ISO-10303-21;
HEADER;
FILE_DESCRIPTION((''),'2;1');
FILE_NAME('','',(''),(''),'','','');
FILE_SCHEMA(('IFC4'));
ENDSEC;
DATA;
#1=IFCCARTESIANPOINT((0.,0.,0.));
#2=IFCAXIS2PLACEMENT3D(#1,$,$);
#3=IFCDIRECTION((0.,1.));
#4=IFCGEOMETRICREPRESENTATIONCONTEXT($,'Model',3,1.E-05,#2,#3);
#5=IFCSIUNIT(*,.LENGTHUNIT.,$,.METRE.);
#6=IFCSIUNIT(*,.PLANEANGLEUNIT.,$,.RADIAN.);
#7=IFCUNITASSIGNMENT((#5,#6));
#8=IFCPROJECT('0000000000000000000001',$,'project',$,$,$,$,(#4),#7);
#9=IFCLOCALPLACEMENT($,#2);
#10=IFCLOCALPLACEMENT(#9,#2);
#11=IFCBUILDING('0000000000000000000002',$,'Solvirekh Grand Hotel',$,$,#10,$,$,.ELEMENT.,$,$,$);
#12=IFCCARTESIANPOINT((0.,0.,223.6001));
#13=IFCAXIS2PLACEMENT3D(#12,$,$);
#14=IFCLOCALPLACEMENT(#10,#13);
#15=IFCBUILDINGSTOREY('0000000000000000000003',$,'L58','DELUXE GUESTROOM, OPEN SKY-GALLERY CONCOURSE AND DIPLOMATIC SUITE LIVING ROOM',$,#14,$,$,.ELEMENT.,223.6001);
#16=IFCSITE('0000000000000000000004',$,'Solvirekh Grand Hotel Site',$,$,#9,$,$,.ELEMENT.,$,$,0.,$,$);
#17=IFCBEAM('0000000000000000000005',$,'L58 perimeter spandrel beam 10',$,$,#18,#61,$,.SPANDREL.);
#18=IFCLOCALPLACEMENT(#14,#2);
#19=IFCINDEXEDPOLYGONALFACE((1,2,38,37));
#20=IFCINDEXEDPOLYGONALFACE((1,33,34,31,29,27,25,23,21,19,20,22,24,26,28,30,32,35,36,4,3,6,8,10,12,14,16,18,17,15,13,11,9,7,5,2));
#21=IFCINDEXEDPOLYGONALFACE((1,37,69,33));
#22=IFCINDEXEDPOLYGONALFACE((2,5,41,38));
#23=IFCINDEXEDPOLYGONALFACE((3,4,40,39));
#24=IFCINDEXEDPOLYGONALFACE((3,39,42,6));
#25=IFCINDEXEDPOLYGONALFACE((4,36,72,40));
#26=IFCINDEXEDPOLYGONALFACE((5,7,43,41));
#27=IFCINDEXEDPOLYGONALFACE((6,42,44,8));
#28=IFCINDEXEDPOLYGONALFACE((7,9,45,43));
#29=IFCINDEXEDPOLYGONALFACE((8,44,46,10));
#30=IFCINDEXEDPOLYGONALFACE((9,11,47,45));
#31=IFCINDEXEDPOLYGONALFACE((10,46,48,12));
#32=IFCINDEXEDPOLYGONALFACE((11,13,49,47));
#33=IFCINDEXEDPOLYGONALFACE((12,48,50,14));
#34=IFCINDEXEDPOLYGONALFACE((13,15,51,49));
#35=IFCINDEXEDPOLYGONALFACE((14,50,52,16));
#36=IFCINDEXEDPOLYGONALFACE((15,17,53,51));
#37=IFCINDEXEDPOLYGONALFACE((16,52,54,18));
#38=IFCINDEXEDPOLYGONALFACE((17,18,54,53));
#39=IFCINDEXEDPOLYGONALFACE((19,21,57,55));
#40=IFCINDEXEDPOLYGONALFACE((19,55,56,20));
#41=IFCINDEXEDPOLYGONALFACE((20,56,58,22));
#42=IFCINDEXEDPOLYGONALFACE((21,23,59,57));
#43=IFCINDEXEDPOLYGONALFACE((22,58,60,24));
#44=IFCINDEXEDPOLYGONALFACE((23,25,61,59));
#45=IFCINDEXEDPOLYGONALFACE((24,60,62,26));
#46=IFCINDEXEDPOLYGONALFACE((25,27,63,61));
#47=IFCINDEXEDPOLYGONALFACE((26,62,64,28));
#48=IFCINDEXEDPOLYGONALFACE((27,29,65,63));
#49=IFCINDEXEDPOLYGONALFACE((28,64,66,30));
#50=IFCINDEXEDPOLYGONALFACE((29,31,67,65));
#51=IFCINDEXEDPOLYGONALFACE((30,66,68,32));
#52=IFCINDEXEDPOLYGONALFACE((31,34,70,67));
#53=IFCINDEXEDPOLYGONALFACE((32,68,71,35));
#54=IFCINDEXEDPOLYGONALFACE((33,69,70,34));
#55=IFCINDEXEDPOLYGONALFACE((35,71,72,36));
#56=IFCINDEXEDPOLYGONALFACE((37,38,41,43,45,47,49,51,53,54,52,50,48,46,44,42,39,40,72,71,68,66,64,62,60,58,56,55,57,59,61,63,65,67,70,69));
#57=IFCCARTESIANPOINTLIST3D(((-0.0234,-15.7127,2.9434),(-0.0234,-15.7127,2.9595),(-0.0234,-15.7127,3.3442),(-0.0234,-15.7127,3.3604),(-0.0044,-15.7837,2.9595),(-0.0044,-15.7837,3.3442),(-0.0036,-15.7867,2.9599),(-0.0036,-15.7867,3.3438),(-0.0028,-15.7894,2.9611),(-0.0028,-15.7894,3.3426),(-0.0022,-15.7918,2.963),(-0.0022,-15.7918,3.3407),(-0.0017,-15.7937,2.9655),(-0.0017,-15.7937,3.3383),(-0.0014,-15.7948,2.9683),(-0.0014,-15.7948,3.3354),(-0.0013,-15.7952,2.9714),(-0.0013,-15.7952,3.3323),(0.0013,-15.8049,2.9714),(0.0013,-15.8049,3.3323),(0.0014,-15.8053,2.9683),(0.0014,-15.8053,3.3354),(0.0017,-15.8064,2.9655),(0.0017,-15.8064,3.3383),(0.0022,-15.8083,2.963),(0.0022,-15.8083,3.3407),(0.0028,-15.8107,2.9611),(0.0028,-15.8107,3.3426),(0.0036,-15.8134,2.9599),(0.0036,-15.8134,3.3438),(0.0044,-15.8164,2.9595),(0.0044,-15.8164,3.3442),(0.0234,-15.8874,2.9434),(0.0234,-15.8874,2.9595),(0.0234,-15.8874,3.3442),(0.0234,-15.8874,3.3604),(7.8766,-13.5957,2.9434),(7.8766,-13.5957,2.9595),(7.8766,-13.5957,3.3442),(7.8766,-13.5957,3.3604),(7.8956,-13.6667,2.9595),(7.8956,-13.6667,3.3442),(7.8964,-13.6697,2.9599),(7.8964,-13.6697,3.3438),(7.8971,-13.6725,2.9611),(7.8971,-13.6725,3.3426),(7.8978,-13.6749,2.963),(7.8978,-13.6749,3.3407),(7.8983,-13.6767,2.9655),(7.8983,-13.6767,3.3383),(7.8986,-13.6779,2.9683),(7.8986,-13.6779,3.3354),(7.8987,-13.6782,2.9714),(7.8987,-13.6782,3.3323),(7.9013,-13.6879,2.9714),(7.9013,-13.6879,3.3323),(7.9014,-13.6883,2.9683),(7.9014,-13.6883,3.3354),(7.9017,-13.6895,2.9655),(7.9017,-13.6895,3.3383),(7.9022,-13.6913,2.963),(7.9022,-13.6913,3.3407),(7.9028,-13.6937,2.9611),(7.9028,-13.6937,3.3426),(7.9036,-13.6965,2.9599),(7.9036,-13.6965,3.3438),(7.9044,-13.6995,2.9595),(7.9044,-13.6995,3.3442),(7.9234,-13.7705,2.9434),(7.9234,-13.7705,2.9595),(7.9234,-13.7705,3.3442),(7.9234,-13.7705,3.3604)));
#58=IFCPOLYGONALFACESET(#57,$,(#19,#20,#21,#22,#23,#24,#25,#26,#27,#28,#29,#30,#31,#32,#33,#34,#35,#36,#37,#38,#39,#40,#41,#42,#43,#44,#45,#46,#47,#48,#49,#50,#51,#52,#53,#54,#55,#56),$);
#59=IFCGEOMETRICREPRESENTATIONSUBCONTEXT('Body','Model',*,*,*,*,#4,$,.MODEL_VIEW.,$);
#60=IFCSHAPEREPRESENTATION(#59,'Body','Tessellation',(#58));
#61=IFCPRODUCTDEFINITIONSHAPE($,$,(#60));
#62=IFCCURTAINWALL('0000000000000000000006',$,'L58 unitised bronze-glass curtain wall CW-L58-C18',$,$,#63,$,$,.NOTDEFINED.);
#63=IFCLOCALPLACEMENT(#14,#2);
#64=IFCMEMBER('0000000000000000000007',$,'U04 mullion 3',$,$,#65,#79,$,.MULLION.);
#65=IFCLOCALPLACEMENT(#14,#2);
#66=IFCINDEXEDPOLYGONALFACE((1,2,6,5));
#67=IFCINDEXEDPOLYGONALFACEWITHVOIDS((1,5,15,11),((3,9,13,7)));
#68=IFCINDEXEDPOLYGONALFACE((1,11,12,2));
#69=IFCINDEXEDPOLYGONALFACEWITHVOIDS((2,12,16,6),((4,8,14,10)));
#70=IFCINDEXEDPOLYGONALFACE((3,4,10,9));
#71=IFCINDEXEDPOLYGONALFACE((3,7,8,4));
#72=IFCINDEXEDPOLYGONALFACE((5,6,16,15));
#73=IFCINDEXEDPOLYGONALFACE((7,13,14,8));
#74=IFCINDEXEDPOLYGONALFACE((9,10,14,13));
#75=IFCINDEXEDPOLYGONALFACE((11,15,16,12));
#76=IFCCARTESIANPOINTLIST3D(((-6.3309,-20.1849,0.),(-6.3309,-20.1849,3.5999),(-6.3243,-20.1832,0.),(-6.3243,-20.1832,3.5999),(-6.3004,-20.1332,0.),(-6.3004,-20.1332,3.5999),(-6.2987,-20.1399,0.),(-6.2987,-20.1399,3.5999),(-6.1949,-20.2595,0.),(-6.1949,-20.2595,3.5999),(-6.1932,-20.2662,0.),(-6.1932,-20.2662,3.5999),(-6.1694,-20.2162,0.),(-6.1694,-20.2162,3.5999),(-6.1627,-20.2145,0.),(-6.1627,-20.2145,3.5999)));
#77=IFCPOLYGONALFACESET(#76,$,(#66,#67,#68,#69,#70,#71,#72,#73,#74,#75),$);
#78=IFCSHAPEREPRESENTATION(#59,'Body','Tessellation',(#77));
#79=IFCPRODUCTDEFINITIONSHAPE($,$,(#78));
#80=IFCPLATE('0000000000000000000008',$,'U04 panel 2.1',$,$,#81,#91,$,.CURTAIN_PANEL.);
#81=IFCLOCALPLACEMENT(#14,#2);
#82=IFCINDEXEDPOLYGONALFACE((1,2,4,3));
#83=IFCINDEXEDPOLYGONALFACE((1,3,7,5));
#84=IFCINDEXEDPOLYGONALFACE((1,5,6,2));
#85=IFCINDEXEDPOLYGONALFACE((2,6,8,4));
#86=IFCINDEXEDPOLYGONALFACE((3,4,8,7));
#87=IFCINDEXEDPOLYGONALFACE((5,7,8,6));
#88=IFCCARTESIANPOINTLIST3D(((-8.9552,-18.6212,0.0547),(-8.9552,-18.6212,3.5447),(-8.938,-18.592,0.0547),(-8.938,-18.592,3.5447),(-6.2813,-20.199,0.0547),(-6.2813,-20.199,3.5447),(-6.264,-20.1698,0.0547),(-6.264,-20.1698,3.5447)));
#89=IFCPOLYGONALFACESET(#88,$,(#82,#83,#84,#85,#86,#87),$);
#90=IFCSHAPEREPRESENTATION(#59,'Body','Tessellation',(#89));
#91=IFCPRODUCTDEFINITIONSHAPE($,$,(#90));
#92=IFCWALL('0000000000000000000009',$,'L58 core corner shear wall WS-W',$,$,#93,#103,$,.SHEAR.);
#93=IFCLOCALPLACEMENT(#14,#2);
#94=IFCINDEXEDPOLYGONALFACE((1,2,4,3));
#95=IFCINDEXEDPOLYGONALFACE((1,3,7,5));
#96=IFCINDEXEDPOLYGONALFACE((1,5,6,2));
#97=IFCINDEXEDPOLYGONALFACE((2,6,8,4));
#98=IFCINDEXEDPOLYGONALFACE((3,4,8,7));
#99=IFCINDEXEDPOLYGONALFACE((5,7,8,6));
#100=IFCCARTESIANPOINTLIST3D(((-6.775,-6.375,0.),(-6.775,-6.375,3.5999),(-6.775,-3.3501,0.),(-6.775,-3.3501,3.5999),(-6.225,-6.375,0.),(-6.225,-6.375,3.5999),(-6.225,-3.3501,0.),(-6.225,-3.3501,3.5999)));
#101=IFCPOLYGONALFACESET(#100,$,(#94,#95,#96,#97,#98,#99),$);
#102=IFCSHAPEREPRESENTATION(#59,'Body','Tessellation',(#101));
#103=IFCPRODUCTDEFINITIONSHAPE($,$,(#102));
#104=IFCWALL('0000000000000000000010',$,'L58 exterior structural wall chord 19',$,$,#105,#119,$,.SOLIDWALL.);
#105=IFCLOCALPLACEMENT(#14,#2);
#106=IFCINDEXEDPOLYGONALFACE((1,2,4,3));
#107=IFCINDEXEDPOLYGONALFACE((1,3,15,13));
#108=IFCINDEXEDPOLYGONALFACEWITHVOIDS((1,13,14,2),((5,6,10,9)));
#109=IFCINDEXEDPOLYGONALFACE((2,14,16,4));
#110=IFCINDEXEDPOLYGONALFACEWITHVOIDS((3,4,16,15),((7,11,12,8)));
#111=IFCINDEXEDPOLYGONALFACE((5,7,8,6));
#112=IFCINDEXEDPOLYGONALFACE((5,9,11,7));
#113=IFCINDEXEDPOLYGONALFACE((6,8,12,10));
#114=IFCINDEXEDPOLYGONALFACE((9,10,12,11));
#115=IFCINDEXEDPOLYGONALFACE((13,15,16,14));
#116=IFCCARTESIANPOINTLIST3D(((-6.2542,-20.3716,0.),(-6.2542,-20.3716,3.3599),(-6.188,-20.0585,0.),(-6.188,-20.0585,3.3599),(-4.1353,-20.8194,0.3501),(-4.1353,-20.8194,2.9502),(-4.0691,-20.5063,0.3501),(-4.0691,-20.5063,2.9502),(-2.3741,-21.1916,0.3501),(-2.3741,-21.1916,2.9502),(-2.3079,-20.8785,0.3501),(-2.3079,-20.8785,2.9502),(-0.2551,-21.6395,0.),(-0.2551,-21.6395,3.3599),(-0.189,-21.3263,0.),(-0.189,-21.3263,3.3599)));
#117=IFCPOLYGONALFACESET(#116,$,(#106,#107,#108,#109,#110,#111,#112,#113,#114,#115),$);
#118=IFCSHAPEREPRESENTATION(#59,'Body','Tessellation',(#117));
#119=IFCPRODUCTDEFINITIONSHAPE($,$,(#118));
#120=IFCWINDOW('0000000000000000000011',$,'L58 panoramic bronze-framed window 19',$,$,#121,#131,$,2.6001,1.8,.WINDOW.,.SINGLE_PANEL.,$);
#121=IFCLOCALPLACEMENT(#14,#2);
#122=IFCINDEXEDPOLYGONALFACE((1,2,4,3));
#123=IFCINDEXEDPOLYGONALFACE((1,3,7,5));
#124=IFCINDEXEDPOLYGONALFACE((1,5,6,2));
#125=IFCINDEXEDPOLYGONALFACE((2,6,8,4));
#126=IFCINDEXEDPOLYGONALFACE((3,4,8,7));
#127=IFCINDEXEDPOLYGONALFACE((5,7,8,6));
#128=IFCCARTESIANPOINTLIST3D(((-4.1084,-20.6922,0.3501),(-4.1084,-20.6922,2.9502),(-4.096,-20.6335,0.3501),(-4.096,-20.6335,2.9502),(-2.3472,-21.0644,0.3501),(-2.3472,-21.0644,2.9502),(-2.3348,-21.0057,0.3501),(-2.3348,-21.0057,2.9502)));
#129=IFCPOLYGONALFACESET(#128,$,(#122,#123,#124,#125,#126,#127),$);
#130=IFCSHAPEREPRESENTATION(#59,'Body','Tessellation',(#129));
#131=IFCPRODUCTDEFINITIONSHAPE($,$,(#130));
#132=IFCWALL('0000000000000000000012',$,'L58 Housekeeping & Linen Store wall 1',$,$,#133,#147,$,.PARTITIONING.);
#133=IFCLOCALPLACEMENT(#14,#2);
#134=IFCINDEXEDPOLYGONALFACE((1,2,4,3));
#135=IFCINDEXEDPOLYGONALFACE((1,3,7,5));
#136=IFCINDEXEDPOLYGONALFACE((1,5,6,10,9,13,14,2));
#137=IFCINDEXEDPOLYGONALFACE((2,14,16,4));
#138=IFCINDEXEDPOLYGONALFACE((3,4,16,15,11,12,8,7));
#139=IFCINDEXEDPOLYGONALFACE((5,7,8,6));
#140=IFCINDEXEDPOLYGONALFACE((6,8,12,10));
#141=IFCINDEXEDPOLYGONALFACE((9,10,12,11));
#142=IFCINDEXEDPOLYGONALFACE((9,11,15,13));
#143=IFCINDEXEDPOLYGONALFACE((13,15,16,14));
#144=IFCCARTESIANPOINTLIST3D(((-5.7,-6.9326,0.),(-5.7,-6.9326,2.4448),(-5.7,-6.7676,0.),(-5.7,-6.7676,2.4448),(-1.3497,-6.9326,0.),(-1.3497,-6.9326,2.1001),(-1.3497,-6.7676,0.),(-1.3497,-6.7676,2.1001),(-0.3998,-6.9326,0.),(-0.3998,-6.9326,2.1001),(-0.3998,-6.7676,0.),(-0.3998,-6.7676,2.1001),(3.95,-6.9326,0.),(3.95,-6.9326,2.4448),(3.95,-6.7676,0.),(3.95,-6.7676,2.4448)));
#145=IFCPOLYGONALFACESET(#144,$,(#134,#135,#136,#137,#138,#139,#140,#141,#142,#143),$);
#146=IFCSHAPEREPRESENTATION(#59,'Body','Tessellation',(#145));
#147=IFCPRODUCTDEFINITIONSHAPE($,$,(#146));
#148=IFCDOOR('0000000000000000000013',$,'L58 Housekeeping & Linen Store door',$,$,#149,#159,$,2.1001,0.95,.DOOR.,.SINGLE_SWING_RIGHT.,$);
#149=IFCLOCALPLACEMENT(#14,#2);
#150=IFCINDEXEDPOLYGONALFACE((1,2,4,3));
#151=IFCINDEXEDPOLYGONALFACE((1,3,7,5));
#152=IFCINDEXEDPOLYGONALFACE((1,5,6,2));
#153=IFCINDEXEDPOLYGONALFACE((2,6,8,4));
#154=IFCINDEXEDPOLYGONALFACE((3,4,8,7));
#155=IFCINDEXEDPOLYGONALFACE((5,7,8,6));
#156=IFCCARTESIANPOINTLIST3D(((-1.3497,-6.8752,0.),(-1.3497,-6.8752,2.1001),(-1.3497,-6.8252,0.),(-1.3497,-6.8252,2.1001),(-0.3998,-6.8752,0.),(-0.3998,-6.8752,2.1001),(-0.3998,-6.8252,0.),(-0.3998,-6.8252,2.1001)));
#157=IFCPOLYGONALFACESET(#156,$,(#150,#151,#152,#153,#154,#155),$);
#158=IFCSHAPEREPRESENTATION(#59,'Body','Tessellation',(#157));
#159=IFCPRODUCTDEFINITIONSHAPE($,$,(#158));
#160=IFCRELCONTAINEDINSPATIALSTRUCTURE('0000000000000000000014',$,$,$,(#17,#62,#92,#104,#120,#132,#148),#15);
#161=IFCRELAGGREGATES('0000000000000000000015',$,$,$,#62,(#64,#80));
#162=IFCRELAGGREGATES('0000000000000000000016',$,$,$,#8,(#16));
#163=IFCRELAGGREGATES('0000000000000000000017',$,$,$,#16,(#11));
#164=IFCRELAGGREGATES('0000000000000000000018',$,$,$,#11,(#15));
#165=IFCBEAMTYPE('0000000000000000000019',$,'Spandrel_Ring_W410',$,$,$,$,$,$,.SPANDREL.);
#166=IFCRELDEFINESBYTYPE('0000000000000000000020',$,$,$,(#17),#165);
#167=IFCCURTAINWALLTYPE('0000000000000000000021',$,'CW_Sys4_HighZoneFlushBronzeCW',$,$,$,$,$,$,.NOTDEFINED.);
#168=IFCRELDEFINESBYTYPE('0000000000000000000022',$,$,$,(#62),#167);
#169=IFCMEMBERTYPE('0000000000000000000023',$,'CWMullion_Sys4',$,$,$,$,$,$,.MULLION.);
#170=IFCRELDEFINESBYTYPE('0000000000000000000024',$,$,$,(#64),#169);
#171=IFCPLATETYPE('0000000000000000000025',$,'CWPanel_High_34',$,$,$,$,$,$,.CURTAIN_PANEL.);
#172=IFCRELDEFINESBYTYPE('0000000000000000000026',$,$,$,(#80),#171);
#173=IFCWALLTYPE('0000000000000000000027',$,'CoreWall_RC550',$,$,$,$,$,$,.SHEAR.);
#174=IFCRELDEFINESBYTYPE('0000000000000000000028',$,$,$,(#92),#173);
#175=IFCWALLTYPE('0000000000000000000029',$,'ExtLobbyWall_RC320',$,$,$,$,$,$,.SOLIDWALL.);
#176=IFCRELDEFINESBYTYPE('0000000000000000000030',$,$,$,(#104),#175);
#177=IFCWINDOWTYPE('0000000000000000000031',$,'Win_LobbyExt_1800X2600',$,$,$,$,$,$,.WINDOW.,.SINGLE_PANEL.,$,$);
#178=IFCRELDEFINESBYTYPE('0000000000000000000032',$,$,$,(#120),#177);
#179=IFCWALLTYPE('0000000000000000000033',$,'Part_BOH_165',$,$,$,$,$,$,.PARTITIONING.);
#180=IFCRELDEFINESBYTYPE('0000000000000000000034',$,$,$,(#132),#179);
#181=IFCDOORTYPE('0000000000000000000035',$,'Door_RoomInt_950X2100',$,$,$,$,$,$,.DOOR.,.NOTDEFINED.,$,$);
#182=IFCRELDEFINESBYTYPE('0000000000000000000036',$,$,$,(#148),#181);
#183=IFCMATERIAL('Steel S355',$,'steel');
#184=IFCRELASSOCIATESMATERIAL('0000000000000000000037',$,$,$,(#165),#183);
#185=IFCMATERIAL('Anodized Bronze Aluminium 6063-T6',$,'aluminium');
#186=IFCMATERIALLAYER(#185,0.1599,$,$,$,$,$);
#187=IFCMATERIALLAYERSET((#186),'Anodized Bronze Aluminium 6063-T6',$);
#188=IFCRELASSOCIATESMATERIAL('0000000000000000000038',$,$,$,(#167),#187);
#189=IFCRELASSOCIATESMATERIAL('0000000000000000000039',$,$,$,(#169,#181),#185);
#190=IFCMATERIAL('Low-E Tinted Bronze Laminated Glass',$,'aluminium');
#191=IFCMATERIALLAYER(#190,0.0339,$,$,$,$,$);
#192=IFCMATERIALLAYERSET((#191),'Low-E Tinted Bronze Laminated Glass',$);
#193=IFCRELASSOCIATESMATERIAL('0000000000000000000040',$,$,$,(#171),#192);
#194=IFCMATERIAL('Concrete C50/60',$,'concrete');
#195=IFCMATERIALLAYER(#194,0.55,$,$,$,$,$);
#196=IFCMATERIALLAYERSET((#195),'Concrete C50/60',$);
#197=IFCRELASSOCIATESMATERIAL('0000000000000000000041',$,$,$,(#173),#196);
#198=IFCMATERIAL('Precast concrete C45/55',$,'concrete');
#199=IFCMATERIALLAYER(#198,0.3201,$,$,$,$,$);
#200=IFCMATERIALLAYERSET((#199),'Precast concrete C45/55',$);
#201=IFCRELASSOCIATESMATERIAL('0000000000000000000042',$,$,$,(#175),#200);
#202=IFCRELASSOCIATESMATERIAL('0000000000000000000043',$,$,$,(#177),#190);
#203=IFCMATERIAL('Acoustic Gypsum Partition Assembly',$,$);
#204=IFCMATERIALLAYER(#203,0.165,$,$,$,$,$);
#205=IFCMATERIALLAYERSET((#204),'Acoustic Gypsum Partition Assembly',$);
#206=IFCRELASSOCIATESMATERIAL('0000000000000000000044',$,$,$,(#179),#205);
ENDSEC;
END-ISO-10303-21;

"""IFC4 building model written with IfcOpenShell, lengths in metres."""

from ifc_helpers import new_model, si_unit, direction, frame, frame_2d, origin, origin_2d, place, context, subcontext, project, spatial, rectangle, hollow_rectangle, i_section, extrude, source, transform, mapped, material, layer, layer_set, material_profile, profile_set, type_object, element, fill, aggregate, save


model = new_model("IFC4")

# Units and contexts
model_context = context("Model", 3, precision=1e-05, world=origin(), true_north=direction((0.0, 1.0)))
body_context = subcontext(model_context, "Body", "Model", "MODEL_VIEW")
ifc_project = project(units=[si_unit("LENGTHUNIT", "METRE"), si_unit("PLANEANGLEUNIT", "RADIAN")], contexts=[model_context])

# Site, building, storey
site_placement = place(None, origin())
site = spatial("IfcSite", under=ifc_project, at=site_placement, Name="Solvirekh Grand Hotel Site", CompositionType="ELEMENT", RefElevation=0.0)
building_placement = place(site_placement, origin())
building = spatial("IfcBuilding", under=site, at=building_placement, Name="Solvirekh Grand Hotel", CompositionType="ELEMENT")
storey_placement = place(building_placement, frame((0.0, 0.0, 223.6001)))
storey = spatial("IfcBuildingStorey", under=building, at=storey_placement, Name="L58", Description="DELUXE GUESTROOM, OPEN SKY-GALLERY CONCOURSE AND DIPLOMATIC SUITE LIVING ROOM", CompositionType="ELEMENT", Elevation=223.6001)

# Shared definitions
ifc_material_1 = material(Name="Concrete C50/60", Category="concrete")

# Beam
ifc_material_2 = material(Name="Steel S355", Category="steel")
ifc_material_profile_1 = material_profile(ifc_material_2, i_section(OverallWidth=0.1809, OverallDepth=0.417, WebThickness=0.01, FlangeThickness=0.0161, FilletRadius=0.012, at=origin_2d()), Name="W410X85")
ifc_profile_set_1 = profile_set([ifc_material_profile_1], Name="Steel S355")
beam_type_1 = type_object("IfcBeamType", Name="Spandrel_Ring_W410", PredefinedType="SPANDREL", material=ifc_profile_set_1)
for number, where, z_axis, x_axis, name in (
    (1, (0.0, -15.8, 3.1519), (0.965921, 0.258839, 0.0), (-0.258839, 0.965921, 0.0), "L58 perimeter spandrel beam 10"),
):
    element("IfcBeam", number, at=place(storey_placement, frame(where, z_axis=z_axis, x_axis=x_axis)), inside=storey, type_object=beam_type_1, Name=name, PredefinedType="SPANDREL", context=body_context, shape_type="SweptSolid", body=[
        extrude(i_section(OverallWidth=0.1809, OverallDepth=0.417, WebThickness=0.01, FlangeThickness=0.0161, FilletRadius=0.012, at=origin_2d()), origin(), (0.0, 0.0, 1.0), 8.1787),
    ])

# Curtain wall, member, plate
ifc_material_3 = material(Name="Anodized Bronze Aluminium 6063-T6", Category="aluminium")
ifc_layer_1 = layer(ifc_material_3, 0.1599)
ifc_layer_set_1 = layer_set([ifc_layer_1], Name="Anodized Bronze Aluminium 6063-T6")
curtain_wall_type = type_object("IfcCurtainWallType", Name="CW_Sys4_HighZoneFlushBronzeCW", PredefinedType="NOTDEFINED", material=ifc_layer_set_1)
curtain_wall_placement = place(storey_placement, origin())
curtain_wall = element("IfcCurtainWall", 2, at=curtain_wall_placement, inside=storey, type_object=curtain_wall_type, Name="L58 unitised bronze-glass curtain wall CW-L58-C18", PredefinedType="NOTDEFINED")
ifc_material_profile_2 = material_profile(ifc_material_3, hollow_rectangle(XDim=0.0601, YDim=0.1599, WallThickness=0.0049, at=origin_2d()), Name="ALU RHS 160X60X5")
ifc_profile_set_2 = profile_set([ifc_material_profile_2], Name="Anodized Bronze Aluminium 6063-T6")
member_type = type_object("IfcMemberType", Name="CWMullion_Sys4", PredefinedType="MULLION", material=ifc_profile_set_2)
shared_shape_1 = source(origin(), body_context, "Body", "SweptSolid", [
    extrude(hollow_rectangle(XDim=0.0601, YDim=0.1599, WallThickness=0.0049, at=origin_2d()), origin(), (0.0, 0.0, 1.0), 3.5999),
])
member_placement = place(storey_placement, frame((-6.2468, -20.1997, 0.0), z_axis=(0.0, 0.0, 1.0), x_axis=(0.508176, 0.861254, 0.0)))
member = element("IfcMember", 3, at=member_placement, type_object=member_type, Name="U04 mullion 3", PredefinedType="MULLION", context=body_context, shape_type="MappedRepresentation", body=[
    mapped(shared_shape_1, transform((0.0, 0.0, 0.0), x_axis=(1.0, 0.0, 0.0), y_axis=(0.0, 1.0, 0.0), z_axis=(0.0, 0.0, 1.0), scale=1.0)),
])
ifc_material_4 = material(Name="Low-E Tinted Bronze Laminated Glass", Category="aluminium")
ifc_layer_2 = layer(ifc_material_4, 0.0339)
ifc_layer_set_2 = layer_set([ifc_layer_2], Name="Low-E Tinted Bronze Laminated Glass")
plate_type = type_object("IfcPlateType", Name="CWPanel_High_34", PredefinedType="CURTAIN_PANEL", material=ifc_layer_set_2)
shared_shape_2 = source(origin(), body_context, "Body", "SweptSolid", [
    extrude(rectangle(XDim=3.1047, YDim=0.0339, at=origin_2d()), origin(), (0.0, 0.0, 1.0), 3.49),
])
plate_placement = place(storey_placement, frame((-7.6096, -19.3955, 0.0547), z_axis=(0.0, 0.0, 1.0), x_axis=(0.861254, -0.508176, 0.0)))
plate = element("IfcPlate", 4, at=plate_placement, type_object=plate_type, Name="U04 panel 2.1", PredefinedType="CURTAIN_PANEL", context=body_context, shape_type="MappedRepresentation", body=[
    mapped(shared_shape_2, transform((0.0, 0.0, 0.0), x_axis=(1.0, 0.0, 0.0), y_axis=(0.0, 1.0, 0.0), z_axis=(0.0, 0.0, 1.0), scale=1.0)),
])
aggregate(curtain_wall, [member, plate])

# Wall
ifc_layer_3 = layer(ifc_material_1, 0.55)
ifc_layer_set_3 = layer_set([ifc_layer_3], Name="Concrete C50/60")
wall_type_1 = type_object("IfcWallType", Name="CoreWall_RC550", PredefinedType="SHEAR", material=ifc_layer_set_3)
wall_1_placement = place(storey_placement, frame((-6.5, -6.375, 0.0), z_axis=(0.0, 0.0, 1.0), x_axis=(0.0, 1.0, 0.0)))
element("IfcWall", 5, at=wall_1_placement, inside=storey, type_object=wall_type_1, Name="L58 core corner shear wall WS-W", PredefinedType="SHEAR", context=body_context, shape_type="SweptSolid", body=[
    extrude(rectangle(XDim=3.0249, YDim=0.55, at=frame_2d((1.5125, 0.0))), origin(), (0.0, 0.0, 1.0), 3.5999),
])

# Wall, opening, window
ifc_material_5 = material(Name="Precast concrete C45/55", Category="concrete")
ifc_layer_4 = layer(ifc_material_5, 0.3201)
ifc_layer_set_4 = layer_set([ifc_layer_4], Name="Precast concrete C45/55")
wall_type_2 = type_object("IfcWallType", Name="ExtLobbyWall_RC320", PredefinedType="SOLIDWALL", material=ifc_layer_set_4)
wall_2_placement = place(storey_placement, frame((-0.2219, -21.4829, 0.0), z_axis=(0.0, 0.0, 1.0), x_axis=(-0.978389, 0.206771, 0.0)))
wall_2 = element("IfcWall", 6, at=wall_2_placement, inside=storey, type_object=wall_type_2, Name="L58 exterior structural wall chord 19", PredefinedType="SOLIDWALL", context=body_context, shape_type="SweptSolid", body=[
    extrude(rectangle(XDim=6.1316, YDim=0.3201, at=frame_2d((3.0659, 0.0))), origin(), (0.0, 0.0, 1.0), 3.3599),
])
opening_1_placement = place(wall_2_placement, frame((2.166, 0.0, 0.3501)))
opening_1 = element("IfcOpeningElement", 7, at=opening_1_placement, cuts=wall_2, PredefinedType="OPENING", context=body_context, shape_type="SweptSolid", body=[
    extrude(rectangle(XDim=1.8, YDim=2.6001, at=frame_2d((0.8999, 1.3))), frame((0.0, 0.1699, 0.0), z_axis=(0.0, -1.0, 0.0), x_axis=(1.0, 0.0, 0.0)), (0.0, 0.0, 1.0), 0.3401),
])
window_type = type_object("IfcWindowType", Name="Win_LobbyExt_1800X2600", PartitioningType="SINGLE_PANEL", PredefinedType="WINDOW", material=ifc_material_4)
window_placement = place(opening_1_placement, origin())
window = element("IfcWindow", 8, at=window_placement, inside=storey, type_object=window_type, Name="L58 panoramic bronze-framed window 19", OverallHeight=2.6001, OverallWidth=1.8, PartitioningType="SINGLE_PANEL", PredefinedType="WINDOW", context=body_context, shape_type="SweptSolid", body=[
    extrude(rectangle(XDim=1.8, YDim=2.6001, at=frame_2d((0.8999, 1.3))), frame((0.0, 0.03, 0.0), z_axis=(0.0, -1.0, 0.0), x_axis=(1.0, 0.0, 0.0)), (0.0, 0.0, 1.0), 0.0601),
])
fill(opening_1, window)

# Wall, opening, door
ifc_material_6 = material(Name="Acoustic Gypsum Partition Assembly")
ifc_layer_5 = layer(ifc_material_6, 0.165)
ifc_layer_set_5 = layer_set([ifc_layer_5], Name="Acoustic Gypsum Partition Assembly")
wall_type_3 = type_object("IfcWallType", Name="Part_BOH_165", PredefinedType="PARTITIONING", material=ifc_layer_set_5)
wall_3_placement = place(storey_placement, frame((-5.7, -6.8501, 0.0), z_axis=(0.0, 0.0, 1.0), x_axis=(1.0, 0.0, 0.0)))
wall_3 = element("IfcWall", 9, at=wall_3_placement, inside=storey, type_object=wall_type_3, Name="L58 Housekeeping & Linen Store wall 1", PredefinedType="PARTITIONING", context=body_context, shape_type="SweptSolid", body=[
    extrude(rectangle(XDim=9.6499, YDim=0.165, at=frame_2d((4.825, 0.0))), origin(), (0.0, 0.0, 1.0), 2.4448),
])
opening_2_placement = place(wall_3_placement, frame((4.3501, 0.0, 0.0)))
opening_2 = element("IfcOpeningElement", 10, at=opening_2_placement, cuts=wall_3, PredefinedType="OPENING", context=body_context, shape_type="SweptSolid", body=[
    extrude(rectangle(XDim=0.95, YDim=2.1001, at=frame_2d((0.4751, 1.05))), frame((0.0, 0.0925, 0.0), z_axis=(0.0, -1.0, 0.0), x_axis=(1.0, 0.0, 0.0)), (0.0, 0.0, 1.0), 0.1851),
])
door_type_1 = type_object("IfcDoorType", Name="Door_RoomInt_950X2100", OperationType="NOTDEFINED", PredefinedType="DOOR", material=ifc_material_3)
door_1_placement = place(opening_2_placement, origin())
door_1 = element("IfcDoor", 11, at=door_1_placement, inside=storey, type_object=door_type_1, Name="L58 Housekeeping & Linen Store door", OperationType="SINGLE_SWING_RIGHT", OverallHeight=2.1001, OverallWidth=0.95, PredefinedType="DOOR", context=body_context, shape_type="SweptSolid", body=[
    extrude(rectangle(XDim=0.95, YDim=2.1001, at=frame_2d((0.4751, 1.05))), frame((0.0, 0.0249, 0.0), z_axis=(0.0, -1.0, 0.0), x_axis=(1.0, 0.0, 0.0)), (0.0, 0.0, 1.0), 0.05),
])
fill(opening_2, door_1)

save(model, "model.ifc")
